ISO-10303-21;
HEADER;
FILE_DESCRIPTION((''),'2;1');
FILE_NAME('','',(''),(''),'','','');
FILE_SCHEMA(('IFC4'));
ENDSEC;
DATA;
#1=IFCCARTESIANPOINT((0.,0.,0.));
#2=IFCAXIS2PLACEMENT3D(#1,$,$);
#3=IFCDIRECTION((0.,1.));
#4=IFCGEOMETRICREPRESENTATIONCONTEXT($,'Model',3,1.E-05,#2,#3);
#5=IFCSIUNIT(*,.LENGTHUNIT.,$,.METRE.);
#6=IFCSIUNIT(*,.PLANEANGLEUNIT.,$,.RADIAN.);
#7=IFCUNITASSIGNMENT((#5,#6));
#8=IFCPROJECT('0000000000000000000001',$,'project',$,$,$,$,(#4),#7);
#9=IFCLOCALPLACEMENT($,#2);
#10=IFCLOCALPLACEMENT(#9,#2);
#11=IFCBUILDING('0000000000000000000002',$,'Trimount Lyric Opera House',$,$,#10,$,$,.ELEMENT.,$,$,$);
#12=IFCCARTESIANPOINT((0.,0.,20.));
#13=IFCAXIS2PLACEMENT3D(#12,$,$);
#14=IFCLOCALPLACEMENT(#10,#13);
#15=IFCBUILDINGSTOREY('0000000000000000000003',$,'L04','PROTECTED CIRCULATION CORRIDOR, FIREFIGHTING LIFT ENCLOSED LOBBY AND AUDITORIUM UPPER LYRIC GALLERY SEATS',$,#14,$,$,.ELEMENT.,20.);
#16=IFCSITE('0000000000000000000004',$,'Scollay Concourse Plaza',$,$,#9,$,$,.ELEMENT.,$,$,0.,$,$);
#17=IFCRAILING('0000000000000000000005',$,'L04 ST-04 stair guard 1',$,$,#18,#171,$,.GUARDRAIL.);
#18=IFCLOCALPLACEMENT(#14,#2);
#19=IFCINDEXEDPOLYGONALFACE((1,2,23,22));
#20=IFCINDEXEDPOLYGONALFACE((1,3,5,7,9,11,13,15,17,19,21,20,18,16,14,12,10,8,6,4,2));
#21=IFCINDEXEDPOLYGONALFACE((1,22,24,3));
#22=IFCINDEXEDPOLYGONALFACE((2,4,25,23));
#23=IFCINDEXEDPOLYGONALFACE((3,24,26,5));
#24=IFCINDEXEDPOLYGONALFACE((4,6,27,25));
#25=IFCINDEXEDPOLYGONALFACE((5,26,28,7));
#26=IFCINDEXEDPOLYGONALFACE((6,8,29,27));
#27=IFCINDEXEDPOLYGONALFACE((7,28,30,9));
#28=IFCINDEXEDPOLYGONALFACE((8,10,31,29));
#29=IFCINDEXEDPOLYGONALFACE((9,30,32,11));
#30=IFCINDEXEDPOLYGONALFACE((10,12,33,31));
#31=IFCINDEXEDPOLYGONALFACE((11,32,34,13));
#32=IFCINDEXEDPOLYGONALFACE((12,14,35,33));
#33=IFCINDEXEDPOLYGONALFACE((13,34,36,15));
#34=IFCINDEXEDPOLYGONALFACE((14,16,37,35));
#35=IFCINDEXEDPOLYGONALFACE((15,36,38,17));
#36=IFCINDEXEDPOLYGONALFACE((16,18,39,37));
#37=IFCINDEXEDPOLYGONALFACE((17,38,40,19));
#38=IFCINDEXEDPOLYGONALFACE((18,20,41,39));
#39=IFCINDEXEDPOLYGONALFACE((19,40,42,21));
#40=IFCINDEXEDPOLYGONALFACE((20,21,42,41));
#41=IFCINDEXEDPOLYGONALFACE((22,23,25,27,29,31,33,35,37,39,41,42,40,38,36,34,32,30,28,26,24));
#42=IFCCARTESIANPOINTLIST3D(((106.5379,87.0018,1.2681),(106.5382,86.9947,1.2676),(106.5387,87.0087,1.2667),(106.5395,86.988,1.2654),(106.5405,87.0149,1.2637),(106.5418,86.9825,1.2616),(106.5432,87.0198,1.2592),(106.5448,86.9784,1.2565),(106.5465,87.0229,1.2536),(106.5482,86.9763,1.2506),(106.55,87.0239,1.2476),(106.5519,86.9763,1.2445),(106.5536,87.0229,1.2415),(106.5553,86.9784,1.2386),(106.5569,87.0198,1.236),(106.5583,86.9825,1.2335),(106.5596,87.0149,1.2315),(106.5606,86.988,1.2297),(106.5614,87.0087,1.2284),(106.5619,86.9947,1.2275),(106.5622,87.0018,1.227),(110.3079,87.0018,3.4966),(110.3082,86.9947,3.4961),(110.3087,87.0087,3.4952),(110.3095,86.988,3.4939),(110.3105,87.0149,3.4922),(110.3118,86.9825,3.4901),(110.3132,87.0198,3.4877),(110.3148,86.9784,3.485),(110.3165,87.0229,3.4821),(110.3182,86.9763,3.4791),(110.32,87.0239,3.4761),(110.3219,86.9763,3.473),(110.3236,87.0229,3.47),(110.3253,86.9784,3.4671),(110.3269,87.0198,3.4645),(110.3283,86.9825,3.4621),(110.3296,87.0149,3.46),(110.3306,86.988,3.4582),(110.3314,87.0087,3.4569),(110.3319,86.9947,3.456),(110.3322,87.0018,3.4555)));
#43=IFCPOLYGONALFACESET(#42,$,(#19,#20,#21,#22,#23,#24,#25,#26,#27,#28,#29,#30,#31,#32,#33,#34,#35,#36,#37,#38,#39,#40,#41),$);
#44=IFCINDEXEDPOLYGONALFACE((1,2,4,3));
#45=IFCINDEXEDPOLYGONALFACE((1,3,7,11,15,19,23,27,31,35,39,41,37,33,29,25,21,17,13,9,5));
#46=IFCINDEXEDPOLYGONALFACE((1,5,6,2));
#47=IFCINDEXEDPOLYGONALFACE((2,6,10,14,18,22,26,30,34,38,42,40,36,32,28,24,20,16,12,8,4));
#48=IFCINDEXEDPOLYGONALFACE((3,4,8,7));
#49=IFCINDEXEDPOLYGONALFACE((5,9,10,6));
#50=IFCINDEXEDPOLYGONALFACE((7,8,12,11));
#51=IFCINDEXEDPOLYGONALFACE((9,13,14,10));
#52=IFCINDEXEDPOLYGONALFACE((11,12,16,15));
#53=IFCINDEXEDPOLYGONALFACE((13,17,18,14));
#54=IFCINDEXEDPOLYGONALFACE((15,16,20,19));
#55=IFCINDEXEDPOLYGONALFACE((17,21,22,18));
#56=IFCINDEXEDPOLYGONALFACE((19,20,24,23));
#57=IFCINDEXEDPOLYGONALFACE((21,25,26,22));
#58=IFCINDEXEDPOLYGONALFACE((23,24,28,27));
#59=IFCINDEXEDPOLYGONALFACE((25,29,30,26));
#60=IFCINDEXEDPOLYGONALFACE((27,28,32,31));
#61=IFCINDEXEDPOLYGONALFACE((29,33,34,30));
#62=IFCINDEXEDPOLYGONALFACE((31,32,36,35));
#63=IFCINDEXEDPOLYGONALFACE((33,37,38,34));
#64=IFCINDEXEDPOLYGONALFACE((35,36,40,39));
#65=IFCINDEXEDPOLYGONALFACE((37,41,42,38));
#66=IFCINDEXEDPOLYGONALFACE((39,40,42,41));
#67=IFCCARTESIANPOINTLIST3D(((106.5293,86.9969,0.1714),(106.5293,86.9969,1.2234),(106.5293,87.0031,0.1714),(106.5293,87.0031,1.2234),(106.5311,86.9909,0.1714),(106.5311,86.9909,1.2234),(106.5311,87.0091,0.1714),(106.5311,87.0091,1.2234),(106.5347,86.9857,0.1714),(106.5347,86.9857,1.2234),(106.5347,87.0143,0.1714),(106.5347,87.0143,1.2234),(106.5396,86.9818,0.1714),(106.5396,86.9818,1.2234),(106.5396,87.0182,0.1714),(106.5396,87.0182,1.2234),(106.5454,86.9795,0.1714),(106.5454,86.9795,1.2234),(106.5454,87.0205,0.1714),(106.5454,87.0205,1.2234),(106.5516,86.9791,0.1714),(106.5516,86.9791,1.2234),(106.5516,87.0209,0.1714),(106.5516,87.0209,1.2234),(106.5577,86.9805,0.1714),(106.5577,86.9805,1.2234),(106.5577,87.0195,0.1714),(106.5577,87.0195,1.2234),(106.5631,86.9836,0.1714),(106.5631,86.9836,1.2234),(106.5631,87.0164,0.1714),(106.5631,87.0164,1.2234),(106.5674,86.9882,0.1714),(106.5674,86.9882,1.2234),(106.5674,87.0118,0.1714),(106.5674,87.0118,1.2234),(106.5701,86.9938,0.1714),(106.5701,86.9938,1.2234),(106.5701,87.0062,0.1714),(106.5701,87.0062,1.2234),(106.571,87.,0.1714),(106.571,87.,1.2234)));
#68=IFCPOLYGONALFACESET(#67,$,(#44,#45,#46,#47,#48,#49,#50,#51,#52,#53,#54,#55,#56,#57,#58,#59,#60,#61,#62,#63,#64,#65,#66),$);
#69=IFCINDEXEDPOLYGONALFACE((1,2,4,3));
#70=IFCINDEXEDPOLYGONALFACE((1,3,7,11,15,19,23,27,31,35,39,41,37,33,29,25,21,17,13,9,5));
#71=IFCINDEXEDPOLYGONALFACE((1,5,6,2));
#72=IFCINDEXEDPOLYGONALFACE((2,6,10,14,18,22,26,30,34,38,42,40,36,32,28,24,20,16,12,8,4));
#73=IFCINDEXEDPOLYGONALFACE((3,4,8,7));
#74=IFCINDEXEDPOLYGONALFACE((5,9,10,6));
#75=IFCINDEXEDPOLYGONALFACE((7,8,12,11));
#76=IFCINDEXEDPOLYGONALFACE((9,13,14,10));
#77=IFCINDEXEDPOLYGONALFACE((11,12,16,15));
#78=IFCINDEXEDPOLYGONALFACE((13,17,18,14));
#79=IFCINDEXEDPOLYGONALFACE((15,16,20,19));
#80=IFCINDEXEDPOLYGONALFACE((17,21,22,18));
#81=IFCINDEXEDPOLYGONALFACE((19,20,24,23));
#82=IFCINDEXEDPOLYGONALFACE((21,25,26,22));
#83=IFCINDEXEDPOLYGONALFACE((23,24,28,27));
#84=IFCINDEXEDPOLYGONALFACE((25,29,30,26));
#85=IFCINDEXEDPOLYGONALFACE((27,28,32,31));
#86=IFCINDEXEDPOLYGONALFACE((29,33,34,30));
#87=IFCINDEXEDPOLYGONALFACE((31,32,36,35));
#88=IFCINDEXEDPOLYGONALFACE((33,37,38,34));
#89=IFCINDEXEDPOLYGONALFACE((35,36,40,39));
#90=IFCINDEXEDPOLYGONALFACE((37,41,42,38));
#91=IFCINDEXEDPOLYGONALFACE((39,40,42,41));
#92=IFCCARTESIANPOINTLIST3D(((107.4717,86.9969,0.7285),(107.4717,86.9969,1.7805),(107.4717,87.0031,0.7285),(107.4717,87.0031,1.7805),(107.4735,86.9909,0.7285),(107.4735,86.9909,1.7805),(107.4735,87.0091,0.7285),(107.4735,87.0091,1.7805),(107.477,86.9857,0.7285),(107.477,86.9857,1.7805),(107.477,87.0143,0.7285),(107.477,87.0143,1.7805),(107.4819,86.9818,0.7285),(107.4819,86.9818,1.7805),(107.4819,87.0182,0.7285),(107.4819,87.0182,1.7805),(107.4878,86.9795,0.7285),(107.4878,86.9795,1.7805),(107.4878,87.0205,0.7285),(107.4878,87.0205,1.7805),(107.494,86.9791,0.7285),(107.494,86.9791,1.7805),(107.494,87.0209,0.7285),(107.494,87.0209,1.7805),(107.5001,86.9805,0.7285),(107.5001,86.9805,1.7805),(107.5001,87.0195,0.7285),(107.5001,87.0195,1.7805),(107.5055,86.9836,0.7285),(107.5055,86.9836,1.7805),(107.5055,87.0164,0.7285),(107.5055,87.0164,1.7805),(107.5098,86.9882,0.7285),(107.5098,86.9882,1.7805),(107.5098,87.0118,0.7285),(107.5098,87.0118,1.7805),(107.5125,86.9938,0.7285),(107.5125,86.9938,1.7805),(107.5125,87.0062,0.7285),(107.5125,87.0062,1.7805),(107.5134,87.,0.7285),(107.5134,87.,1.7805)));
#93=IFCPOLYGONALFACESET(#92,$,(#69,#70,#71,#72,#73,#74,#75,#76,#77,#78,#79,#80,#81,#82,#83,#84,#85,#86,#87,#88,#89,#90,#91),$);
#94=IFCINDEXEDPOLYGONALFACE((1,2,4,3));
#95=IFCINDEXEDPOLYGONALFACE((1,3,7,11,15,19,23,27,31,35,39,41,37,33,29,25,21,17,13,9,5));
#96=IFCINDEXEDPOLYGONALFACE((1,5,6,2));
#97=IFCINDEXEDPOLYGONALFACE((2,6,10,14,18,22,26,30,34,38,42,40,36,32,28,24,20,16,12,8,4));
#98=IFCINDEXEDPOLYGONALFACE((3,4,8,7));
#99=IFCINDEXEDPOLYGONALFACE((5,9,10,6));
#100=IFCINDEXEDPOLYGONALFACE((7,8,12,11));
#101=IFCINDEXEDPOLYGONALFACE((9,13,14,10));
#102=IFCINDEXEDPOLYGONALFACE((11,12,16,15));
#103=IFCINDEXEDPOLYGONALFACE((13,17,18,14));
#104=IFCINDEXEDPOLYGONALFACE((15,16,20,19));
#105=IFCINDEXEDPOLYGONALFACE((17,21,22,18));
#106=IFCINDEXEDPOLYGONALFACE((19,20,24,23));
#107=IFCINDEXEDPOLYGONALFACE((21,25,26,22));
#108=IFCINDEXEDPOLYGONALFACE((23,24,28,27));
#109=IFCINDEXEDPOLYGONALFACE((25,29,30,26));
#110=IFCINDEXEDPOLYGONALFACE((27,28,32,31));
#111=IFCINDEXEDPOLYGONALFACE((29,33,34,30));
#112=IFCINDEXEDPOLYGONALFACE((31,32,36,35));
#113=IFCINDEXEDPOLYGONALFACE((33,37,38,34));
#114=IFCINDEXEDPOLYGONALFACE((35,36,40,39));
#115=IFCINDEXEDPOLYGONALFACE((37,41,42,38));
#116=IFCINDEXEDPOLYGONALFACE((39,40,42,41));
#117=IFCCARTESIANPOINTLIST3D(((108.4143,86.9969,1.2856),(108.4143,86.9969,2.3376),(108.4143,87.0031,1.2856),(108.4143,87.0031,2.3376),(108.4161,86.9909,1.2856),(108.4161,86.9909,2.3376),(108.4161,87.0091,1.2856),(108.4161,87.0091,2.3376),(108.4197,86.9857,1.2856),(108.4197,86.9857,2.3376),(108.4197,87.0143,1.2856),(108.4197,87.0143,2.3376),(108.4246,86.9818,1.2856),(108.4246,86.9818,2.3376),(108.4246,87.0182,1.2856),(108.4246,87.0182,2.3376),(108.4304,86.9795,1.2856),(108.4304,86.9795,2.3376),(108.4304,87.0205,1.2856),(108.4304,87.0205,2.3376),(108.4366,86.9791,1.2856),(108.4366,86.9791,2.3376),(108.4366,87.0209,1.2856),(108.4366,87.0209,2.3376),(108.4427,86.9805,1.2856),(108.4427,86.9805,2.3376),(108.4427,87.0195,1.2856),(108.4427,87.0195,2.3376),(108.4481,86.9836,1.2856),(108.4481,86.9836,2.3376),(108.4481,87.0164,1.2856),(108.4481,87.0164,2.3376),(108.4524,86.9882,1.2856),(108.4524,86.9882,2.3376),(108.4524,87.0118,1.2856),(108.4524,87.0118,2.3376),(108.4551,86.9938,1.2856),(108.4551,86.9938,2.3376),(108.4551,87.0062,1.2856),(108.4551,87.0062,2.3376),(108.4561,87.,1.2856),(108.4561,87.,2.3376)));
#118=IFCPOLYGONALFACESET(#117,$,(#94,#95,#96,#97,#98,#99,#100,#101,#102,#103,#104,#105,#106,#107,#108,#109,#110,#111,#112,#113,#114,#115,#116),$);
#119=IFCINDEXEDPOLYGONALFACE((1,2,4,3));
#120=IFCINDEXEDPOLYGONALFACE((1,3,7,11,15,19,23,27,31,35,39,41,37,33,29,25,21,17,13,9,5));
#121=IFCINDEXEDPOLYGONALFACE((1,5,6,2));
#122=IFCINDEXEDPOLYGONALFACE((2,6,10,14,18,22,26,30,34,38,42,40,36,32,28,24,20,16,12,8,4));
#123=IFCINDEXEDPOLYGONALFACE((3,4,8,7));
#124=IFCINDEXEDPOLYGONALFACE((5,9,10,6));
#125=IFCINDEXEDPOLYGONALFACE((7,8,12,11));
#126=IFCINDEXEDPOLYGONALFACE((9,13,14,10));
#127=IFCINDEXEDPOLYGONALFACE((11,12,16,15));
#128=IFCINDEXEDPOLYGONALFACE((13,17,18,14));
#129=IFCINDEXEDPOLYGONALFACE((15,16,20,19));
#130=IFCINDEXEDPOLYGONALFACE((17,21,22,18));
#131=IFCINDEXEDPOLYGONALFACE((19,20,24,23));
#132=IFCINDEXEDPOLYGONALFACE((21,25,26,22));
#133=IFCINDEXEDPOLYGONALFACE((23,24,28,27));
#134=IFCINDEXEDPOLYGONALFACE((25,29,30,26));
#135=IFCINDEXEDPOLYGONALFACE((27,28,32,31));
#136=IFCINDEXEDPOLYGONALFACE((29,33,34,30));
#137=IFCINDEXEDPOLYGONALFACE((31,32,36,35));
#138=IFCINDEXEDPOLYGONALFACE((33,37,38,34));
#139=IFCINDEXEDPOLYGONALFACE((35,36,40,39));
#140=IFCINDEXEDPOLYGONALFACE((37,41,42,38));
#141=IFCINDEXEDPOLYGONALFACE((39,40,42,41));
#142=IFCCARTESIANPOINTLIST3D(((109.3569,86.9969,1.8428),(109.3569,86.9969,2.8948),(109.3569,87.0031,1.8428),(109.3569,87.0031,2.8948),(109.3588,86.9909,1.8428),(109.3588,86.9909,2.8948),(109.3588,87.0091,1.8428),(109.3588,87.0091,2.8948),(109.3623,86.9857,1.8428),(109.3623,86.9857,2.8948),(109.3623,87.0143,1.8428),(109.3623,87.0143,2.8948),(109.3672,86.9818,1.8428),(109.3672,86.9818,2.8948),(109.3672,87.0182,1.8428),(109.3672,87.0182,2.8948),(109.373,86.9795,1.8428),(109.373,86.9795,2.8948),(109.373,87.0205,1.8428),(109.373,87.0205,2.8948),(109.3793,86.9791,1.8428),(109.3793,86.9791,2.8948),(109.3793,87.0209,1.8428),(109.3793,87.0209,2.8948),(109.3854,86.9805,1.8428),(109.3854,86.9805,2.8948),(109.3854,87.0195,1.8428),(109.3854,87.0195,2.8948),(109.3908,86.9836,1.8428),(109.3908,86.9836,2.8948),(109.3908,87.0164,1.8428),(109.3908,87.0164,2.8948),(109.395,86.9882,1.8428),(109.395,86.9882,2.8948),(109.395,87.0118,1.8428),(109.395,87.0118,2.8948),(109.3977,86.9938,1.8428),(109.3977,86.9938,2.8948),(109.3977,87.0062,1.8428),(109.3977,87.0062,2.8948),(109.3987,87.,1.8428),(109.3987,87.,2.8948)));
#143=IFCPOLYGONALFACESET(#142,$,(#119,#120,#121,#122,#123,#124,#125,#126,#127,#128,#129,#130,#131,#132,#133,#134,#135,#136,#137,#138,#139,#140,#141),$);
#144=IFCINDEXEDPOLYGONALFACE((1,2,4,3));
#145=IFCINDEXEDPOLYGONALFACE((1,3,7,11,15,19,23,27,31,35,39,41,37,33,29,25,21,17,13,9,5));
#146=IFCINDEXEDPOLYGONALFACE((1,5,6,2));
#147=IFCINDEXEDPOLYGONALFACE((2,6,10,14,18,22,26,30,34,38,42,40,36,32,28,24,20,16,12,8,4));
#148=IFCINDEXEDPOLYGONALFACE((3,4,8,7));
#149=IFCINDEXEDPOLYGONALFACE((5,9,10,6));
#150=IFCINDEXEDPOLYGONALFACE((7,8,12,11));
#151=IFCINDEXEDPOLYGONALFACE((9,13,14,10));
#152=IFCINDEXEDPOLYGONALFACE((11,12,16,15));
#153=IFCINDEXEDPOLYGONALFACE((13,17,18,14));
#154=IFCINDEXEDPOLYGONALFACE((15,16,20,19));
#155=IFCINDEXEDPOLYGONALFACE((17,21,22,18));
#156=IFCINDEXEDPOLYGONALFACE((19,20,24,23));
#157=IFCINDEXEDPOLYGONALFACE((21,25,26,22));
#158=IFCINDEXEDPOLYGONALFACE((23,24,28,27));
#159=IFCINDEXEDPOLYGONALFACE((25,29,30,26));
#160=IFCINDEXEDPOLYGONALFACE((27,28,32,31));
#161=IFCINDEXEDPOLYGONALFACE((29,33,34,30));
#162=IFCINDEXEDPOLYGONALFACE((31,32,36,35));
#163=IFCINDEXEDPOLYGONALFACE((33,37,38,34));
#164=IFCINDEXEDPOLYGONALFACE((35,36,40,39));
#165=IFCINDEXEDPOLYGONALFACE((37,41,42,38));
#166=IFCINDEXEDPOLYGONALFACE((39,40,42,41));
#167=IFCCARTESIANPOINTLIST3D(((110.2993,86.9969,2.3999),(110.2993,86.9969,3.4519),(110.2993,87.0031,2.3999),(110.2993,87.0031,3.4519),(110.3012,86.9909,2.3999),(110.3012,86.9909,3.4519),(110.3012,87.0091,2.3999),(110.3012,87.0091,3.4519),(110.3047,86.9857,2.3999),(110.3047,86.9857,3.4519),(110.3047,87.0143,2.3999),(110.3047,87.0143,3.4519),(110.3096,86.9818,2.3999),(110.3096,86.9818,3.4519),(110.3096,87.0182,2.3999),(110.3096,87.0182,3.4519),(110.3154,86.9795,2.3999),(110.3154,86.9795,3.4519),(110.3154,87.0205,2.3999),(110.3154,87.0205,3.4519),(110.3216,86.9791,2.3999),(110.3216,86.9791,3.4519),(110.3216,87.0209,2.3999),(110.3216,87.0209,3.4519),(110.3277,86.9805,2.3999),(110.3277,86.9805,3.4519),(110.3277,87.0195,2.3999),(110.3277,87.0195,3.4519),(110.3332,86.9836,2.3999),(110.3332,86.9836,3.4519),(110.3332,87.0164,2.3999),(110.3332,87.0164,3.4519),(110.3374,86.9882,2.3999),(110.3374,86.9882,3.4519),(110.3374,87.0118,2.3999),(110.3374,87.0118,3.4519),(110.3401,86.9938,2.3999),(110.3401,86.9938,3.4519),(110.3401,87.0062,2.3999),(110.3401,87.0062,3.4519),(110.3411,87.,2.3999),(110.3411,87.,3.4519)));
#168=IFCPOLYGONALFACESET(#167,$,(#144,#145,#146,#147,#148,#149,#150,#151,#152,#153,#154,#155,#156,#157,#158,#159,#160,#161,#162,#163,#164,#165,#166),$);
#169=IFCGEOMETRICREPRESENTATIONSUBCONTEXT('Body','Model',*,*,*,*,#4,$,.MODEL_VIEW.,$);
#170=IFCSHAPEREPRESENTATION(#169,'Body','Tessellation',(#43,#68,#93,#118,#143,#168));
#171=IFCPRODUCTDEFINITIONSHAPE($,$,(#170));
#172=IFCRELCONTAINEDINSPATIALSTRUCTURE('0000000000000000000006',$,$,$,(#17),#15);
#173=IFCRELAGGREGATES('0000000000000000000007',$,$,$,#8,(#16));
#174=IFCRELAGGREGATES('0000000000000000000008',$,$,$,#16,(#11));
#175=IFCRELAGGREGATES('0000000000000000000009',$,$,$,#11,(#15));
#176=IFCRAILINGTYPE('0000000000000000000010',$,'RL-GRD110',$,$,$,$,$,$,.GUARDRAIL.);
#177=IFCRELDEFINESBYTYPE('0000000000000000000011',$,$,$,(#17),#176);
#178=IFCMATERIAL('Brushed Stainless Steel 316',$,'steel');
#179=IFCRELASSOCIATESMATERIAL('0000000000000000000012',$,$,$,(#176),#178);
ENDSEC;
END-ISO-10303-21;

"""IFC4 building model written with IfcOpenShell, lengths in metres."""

from ifc_helpers import new_model, si_unit, direction, frame, origin, origin_2d, place, context, subcontext, project, spatial, circle, extrude, material, type_object, element, save


model = new_model("IFC4")

# Units and contexts
model_context = context("Model", 3, precision=1e-05, world=origin(), true_north=direction((0.0, 1.0)))
body_context = subcontext(model_context, "Body", "Model", "MODEL_VIEW")
ifc_project = project(units=[si_unit("LENGTHUNIT", "METRE"), si_unit("PLANEANGLEUNIT", "RADIAN")], contexts=[model_context])

# Site, building, storey
site_placement = place(None, origin())
site = spatial("IfcSite", under=ifc_project, at=site_placement, Name="Scollay Concourse Plaza", CompositionType="ELEMENT", RefElevation=0.0)
building_placement = place(site_placement, origin())
building = spatial("IfcBuilding", under=site, at=building_placement, Name="Trimount Lyric Opera House", CompositionType="ELEMENT")
storey_placement = place(building_placement, frame((0.0, 0.0, 20.0)))
storey = spatial("IfcBuildingStorey", under=building, at=storey_placement, Name="L04", Description="PROTECTED CIRCULATION CORRIDOR, FIREFIGHTING LIFT ENCLOSED LOBBY AND AUDITORIUM UPPER LYRIC GALLERY SEATS", CompositionType="ELEMENT", Elevation=20.0)

# Railing
ifc_material_1 = material(Name="Brushed Stainless Steel 316", Category="steel")
railing_type_1 = type_object("IfcRailingType", Name="RL-GRD110", PredefinedType="GUARDRAIL", material=ifc_material_1)
railing_1_placement = place(storey_placement, frame((106.55, 87.0, 0.1714)))
element("IfcRailing", 1, at=railing_1_placement, inside=storey, type_object=railing_type_1, Name="L04 ST-04 stair guard 1", PredefinedType="GUARDRAIL", context=body_context, shape_type="SweptSolid", body=[
    extrude(circle(Radius=0.0239, at=origin_2d()), frame((0.0, 0.0, 1.0762), z_axis=(0.860849, 0.0, 0.508861), x_axis=(0.0, 1.0, 0.0)), (0.0, 0.0, 1.0), 4.3794),
    extrude(circle(Radius=0.021, at=origin_2d()), origin(), (0.0, 0.0, 1.0), 1.052),
    extrude(circle(Radius=0.021, at=origin_2d()), frame((0.9424, 0.0, 0.5571)), (0.0, 0.0, 1.0), 1.052),
    extrude(circle(Radius=0.021, at=origin_2d()), frame((1.885, 0.0, 1.1143)), (0.0, 0.0, 1.0), 1.052),
    extrude(circle(Radius=0.021, at=origin_2d()), frame((2.8276, 0.0, 1.6714)), (0.0, 0.0, 1.0), 1.052),
    extrude(circle(Radius=0.021, at=origin_2d()), frame((3.77, 0.0, 2.2285)), (0.0, 0.0, 1.0), 1.052),
])

save(model, "model.ifc")
